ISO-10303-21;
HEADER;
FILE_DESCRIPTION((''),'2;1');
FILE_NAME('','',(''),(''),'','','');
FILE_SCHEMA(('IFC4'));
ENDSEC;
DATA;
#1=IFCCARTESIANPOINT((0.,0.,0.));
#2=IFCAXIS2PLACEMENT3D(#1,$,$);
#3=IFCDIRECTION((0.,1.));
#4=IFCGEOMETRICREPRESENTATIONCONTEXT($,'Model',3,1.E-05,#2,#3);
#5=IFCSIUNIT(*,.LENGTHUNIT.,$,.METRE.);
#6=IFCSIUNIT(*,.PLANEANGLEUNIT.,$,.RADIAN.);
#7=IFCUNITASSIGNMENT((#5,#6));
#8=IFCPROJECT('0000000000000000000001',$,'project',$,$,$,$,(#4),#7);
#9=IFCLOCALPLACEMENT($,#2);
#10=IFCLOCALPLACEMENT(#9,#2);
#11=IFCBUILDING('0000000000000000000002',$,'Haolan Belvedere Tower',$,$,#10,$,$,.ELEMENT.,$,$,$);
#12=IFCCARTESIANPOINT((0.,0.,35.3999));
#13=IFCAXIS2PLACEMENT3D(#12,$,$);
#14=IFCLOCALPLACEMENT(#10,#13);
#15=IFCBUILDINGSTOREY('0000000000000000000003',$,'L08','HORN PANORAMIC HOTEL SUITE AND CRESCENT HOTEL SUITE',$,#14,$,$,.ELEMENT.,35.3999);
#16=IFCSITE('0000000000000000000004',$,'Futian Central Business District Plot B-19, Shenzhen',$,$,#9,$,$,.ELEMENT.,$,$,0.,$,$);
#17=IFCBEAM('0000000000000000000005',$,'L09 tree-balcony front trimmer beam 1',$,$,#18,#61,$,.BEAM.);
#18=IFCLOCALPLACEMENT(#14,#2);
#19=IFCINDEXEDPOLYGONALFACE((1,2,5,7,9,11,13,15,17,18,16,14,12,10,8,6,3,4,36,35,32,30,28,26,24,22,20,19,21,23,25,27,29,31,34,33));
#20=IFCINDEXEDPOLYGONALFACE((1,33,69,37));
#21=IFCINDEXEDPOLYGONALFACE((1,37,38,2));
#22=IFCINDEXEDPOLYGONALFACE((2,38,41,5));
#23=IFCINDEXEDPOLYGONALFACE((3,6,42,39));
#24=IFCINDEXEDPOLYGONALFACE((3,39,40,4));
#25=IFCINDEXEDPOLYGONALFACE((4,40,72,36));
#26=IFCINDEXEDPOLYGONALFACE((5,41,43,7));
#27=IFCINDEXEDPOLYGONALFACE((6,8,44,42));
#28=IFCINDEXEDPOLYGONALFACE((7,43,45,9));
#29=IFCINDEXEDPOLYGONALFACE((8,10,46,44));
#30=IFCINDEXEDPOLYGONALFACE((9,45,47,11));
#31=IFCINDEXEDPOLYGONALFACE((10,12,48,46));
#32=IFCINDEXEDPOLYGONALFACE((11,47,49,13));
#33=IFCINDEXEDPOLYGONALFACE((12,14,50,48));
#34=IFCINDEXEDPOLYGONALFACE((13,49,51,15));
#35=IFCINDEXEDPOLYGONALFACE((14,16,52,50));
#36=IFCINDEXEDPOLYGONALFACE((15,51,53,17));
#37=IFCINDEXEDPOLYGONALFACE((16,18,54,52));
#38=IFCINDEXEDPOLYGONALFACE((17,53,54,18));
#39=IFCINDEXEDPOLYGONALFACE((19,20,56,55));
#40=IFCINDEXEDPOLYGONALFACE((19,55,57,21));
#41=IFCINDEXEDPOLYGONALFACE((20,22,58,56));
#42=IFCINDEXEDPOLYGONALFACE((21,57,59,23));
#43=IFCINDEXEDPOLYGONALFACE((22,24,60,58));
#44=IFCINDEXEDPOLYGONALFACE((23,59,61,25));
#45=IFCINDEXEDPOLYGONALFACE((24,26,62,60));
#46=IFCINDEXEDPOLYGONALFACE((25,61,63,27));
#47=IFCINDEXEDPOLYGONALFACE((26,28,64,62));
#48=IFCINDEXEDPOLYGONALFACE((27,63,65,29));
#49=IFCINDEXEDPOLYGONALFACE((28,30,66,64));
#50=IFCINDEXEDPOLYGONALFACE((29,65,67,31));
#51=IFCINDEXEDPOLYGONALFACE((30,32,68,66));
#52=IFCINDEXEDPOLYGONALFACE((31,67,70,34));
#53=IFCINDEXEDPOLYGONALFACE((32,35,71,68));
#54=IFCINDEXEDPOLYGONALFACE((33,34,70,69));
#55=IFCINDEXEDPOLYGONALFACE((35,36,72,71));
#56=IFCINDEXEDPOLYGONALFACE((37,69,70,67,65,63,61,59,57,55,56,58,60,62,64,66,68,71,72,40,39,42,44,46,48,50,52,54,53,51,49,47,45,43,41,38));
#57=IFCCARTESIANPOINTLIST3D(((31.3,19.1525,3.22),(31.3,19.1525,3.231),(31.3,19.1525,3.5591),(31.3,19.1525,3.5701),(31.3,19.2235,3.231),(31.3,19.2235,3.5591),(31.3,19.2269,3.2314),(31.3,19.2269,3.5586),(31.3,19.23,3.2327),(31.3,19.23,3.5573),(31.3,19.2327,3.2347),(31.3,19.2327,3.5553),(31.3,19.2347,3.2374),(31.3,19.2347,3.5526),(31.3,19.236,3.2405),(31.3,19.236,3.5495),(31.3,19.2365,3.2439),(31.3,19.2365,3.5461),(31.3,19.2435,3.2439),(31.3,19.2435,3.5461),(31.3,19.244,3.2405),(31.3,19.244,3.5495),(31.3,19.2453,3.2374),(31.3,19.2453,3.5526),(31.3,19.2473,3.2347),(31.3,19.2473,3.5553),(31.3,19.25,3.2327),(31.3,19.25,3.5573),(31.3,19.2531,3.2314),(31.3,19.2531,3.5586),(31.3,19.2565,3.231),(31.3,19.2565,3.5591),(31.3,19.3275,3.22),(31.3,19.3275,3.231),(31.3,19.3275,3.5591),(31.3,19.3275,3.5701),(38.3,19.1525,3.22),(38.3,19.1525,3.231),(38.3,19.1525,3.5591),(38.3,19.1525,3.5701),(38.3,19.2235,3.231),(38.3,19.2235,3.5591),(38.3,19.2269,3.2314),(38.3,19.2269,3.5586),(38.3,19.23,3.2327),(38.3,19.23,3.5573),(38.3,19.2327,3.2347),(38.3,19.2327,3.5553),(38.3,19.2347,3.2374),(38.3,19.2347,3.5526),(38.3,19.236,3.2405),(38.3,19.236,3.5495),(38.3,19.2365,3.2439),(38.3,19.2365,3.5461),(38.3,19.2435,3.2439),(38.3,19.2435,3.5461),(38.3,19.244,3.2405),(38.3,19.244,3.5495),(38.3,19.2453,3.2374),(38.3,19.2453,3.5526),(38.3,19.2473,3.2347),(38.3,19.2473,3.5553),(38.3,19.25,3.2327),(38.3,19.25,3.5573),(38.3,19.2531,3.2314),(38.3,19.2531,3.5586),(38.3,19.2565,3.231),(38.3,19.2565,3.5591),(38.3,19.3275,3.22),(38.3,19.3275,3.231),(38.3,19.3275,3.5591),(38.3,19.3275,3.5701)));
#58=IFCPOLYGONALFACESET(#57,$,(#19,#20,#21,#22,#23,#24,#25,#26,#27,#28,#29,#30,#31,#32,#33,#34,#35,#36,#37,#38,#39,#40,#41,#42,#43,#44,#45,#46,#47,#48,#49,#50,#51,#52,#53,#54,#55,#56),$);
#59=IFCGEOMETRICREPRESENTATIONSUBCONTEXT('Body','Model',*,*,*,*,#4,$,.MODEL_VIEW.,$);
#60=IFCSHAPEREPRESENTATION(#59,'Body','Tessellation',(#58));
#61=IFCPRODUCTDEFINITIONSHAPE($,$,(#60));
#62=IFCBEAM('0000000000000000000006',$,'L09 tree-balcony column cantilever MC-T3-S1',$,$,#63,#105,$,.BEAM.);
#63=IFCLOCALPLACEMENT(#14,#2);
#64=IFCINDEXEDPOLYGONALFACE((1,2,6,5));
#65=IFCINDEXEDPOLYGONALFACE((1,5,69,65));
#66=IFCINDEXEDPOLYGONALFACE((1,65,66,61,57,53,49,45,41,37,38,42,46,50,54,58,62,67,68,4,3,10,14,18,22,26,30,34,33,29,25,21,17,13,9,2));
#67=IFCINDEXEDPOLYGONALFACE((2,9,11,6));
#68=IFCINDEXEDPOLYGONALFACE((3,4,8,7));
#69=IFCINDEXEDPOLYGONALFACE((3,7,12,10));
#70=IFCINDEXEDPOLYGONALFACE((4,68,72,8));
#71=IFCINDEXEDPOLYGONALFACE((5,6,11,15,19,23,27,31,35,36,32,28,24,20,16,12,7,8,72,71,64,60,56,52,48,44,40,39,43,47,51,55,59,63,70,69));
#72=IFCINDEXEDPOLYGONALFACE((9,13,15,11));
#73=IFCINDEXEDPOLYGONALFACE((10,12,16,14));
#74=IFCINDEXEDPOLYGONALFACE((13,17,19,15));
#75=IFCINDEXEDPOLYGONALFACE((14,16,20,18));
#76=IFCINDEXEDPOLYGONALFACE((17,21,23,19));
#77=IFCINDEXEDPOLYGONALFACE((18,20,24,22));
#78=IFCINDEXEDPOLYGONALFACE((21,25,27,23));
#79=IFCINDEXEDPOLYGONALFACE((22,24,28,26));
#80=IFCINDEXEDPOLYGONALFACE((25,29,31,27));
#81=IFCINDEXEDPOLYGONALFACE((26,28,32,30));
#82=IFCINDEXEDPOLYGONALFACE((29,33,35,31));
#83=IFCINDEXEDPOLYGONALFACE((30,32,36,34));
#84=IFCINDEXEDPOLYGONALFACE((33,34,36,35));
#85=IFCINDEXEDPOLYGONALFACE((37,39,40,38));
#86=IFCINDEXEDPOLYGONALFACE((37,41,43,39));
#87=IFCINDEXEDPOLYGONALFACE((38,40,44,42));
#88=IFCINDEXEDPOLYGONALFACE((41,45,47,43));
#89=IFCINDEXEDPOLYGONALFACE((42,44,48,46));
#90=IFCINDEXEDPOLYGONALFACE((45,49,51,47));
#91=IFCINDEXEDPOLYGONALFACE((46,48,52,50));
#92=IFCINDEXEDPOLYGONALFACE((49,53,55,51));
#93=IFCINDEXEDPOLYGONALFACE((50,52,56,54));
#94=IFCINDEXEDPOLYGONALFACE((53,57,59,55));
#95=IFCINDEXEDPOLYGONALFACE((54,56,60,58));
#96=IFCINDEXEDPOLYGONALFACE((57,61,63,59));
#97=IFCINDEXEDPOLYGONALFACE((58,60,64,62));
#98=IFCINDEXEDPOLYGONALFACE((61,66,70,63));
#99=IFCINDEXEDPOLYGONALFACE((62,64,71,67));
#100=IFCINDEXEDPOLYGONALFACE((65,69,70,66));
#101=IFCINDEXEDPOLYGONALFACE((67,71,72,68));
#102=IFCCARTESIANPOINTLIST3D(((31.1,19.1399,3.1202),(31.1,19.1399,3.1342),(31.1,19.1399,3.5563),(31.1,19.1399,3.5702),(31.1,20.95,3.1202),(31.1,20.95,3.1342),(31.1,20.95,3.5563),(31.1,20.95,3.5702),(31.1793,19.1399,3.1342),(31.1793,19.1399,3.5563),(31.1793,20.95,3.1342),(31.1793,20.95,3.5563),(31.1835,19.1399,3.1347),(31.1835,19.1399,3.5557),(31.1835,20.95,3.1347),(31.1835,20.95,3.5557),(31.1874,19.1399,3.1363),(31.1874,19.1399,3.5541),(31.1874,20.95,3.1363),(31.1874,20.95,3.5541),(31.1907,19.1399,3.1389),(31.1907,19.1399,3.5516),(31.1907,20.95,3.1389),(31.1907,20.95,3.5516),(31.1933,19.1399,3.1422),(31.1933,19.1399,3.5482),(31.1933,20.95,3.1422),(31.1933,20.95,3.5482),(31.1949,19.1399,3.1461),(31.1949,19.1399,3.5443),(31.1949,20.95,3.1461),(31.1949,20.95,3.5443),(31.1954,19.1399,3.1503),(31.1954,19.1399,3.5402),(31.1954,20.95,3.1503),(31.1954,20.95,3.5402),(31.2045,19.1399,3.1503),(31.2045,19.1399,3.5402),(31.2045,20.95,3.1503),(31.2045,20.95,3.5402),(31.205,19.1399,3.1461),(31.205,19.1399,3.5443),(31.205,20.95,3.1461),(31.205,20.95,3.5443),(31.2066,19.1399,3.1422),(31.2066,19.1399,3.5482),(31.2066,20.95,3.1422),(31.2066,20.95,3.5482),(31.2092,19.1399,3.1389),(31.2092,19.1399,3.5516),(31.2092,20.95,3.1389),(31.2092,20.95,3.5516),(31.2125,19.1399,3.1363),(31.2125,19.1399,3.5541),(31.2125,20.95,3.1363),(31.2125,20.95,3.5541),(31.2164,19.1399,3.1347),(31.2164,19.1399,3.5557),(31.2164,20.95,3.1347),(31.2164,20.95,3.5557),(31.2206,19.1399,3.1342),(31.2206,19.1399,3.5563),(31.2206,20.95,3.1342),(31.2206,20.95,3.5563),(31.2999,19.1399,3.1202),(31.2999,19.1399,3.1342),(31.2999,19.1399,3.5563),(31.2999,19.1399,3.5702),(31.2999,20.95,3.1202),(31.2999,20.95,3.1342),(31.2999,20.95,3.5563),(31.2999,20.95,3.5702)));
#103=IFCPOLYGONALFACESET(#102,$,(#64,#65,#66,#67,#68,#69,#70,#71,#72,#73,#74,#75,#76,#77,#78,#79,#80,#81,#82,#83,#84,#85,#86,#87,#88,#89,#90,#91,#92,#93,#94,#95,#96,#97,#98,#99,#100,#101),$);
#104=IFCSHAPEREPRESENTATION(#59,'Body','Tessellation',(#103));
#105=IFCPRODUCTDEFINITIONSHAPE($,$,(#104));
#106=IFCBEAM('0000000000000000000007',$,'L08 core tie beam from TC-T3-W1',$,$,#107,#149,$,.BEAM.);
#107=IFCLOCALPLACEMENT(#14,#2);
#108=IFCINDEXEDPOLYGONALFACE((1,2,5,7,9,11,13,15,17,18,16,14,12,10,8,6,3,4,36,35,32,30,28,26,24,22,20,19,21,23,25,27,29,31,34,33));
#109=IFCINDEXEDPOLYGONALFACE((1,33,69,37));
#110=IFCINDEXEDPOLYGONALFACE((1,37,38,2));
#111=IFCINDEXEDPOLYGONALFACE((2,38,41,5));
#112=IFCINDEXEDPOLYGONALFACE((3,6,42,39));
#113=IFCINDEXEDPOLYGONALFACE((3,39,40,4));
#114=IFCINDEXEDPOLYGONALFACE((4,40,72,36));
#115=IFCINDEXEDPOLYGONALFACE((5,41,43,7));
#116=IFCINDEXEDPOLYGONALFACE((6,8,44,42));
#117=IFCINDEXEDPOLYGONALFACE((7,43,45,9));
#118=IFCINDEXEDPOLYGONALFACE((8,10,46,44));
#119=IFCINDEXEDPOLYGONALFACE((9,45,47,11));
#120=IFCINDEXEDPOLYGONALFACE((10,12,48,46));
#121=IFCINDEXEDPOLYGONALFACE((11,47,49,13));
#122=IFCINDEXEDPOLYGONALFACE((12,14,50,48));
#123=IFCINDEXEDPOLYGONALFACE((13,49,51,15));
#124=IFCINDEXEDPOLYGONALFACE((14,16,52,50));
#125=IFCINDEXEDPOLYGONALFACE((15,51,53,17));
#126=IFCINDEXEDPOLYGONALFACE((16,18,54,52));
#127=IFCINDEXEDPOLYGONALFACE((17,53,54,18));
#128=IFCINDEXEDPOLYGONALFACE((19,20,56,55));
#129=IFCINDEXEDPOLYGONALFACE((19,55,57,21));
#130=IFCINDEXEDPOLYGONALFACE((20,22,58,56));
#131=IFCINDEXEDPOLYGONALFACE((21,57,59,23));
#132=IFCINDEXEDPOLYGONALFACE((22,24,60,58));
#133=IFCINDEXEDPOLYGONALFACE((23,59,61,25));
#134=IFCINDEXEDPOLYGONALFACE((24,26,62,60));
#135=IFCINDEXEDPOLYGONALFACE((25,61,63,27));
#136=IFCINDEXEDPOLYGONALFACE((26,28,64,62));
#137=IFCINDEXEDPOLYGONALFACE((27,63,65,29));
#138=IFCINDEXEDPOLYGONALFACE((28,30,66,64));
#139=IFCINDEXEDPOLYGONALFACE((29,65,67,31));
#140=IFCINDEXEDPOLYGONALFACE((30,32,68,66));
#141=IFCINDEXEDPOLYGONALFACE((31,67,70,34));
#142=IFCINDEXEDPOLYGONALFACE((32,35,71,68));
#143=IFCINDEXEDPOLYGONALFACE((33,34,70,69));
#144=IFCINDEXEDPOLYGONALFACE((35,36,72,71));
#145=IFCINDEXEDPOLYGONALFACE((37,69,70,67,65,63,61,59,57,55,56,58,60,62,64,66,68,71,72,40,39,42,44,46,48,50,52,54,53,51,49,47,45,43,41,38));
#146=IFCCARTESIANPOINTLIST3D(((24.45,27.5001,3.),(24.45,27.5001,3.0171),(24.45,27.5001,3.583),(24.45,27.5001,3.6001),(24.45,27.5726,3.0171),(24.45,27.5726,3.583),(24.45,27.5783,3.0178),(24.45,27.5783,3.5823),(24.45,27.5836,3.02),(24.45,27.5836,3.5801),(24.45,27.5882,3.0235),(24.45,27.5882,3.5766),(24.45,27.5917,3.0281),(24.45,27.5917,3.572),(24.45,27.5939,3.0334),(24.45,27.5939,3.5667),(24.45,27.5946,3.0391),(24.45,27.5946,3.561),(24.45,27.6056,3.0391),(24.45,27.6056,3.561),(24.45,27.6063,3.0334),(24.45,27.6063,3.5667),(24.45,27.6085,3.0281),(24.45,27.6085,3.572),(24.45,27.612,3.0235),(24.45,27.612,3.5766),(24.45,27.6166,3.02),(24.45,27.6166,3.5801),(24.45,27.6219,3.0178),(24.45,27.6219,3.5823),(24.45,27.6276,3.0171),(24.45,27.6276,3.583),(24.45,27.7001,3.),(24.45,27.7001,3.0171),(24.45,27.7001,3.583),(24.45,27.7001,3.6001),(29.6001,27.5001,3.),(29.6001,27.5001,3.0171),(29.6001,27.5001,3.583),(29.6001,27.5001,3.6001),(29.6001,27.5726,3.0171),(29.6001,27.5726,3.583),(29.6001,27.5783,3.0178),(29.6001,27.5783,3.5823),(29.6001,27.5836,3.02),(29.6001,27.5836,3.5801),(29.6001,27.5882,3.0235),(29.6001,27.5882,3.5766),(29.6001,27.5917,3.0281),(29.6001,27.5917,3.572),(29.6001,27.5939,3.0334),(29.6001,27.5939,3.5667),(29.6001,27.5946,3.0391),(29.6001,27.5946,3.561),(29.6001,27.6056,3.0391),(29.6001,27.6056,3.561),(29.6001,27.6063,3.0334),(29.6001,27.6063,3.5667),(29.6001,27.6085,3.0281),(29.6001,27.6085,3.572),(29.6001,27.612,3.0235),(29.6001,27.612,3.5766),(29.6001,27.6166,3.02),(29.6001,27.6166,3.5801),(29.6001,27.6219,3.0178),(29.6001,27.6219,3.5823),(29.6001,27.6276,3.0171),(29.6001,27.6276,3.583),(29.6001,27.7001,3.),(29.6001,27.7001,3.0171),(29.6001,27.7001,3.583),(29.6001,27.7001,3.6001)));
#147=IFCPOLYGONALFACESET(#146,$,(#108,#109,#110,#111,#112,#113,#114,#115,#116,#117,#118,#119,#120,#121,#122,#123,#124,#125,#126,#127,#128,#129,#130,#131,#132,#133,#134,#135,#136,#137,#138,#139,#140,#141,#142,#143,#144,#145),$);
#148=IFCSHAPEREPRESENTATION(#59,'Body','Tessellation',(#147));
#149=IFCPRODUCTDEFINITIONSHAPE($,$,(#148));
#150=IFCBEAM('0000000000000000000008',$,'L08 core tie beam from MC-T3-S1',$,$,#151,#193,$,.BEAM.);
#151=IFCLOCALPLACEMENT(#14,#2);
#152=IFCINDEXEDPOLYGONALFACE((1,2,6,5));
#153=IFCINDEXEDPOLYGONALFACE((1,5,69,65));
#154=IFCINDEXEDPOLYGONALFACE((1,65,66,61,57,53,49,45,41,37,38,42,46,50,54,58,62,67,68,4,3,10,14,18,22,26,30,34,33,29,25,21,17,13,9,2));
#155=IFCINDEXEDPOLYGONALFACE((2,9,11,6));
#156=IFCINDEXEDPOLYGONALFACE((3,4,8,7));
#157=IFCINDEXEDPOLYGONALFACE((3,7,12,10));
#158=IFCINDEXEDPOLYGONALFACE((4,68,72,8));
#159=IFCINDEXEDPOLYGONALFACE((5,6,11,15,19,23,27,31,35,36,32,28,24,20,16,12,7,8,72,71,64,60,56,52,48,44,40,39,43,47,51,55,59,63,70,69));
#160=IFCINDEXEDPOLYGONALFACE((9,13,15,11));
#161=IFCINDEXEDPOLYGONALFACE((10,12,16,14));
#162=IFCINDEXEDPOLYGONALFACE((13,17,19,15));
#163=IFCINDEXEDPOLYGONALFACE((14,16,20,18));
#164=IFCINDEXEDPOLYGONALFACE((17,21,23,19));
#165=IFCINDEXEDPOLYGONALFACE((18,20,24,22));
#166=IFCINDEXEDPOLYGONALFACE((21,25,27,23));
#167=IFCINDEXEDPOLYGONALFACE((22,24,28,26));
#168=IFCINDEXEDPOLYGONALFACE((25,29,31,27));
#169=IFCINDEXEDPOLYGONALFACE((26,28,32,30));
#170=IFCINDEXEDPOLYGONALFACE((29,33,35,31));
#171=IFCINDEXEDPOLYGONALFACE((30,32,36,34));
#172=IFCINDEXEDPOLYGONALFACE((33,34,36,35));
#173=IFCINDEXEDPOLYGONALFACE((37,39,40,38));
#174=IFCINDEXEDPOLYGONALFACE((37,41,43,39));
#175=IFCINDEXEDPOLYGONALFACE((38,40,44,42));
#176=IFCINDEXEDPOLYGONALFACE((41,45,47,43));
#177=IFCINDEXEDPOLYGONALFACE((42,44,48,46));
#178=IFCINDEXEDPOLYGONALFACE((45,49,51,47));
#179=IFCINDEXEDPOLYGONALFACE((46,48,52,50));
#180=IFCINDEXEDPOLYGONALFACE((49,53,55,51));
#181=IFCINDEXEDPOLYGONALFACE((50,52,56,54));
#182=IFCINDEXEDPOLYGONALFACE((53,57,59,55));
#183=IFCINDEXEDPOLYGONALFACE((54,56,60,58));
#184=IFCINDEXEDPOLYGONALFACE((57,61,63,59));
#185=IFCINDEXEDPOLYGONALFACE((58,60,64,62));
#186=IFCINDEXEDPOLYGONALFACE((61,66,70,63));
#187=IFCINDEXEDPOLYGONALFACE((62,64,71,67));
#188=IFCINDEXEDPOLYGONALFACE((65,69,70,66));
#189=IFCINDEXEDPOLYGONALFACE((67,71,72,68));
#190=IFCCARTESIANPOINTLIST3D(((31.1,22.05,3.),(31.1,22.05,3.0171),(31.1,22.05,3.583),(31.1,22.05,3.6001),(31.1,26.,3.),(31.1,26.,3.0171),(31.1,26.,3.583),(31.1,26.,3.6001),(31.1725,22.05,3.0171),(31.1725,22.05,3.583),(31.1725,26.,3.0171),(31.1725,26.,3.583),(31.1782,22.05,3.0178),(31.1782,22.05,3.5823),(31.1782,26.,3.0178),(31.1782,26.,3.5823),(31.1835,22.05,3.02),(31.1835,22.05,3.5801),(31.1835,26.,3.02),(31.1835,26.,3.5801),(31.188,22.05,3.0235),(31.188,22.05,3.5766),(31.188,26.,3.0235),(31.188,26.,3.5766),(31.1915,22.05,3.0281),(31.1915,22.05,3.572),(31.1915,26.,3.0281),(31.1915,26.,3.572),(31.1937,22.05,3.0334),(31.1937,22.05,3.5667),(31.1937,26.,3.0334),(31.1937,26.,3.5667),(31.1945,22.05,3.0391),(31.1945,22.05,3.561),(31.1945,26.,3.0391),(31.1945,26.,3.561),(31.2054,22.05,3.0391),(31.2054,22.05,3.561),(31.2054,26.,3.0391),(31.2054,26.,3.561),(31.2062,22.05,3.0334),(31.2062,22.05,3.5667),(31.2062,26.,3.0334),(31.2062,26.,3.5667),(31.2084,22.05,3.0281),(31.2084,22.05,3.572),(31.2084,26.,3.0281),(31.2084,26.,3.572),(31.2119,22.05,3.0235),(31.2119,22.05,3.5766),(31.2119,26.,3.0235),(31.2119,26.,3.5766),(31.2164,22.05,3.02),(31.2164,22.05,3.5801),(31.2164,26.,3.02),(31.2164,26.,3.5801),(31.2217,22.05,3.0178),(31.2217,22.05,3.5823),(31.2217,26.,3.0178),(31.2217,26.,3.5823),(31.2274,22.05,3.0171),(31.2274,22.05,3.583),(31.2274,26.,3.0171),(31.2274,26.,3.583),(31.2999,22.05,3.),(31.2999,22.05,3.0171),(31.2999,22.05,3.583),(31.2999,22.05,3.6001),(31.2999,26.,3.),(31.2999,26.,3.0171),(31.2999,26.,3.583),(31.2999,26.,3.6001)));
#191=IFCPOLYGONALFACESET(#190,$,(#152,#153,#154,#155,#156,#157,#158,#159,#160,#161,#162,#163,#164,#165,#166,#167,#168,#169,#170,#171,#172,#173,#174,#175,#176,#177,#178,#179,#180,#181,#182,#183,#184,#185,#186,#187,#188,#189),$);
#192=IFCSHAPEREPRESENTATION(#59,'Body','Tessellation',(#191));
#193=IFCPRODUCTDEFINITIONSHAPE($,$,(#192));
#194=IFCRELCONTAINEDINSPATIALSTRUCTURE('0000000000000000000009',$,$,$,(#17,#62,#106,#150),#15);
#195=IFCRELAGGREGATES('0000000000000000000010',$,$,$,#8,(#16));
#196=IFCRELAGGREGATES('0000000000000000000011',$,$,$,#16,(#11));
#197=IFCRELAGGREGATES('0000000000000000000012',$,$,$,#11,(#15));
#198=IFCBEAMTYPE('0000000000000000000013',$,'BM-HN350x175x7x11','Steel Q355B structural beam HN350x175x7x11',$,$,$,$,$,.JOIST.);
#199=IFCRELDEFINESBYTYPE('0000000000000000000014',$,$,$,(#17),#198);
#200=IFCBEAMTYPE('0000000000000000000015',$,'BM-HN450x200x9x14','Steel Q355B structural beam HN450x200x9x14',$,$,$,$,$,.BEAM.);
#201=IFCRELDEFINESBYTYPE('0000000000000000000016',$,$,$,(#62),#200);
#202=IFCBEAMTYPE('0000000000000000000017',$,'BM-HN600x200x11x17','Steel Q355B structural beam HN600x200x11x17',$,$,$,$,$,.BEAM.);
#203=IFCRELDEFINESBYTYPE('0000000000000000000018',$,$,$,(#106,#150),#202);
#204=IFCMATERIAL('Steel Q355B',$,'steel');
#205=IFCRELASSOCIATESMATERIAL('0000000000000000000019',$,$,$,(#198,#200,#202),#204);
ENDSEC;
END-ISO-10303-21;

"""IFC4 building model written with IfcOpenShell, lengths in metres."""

from ifc_helpers import new_model, si_unit, direction, frame, origin, origin_2d, place, context, subcontext, project, spatial, i_section, extrude, material, material_profile, profile_set, type_object, element, save


model = new_model("IFC4")

# Units and contexts
model_context = context("Model", 3, precision=1e-05, world=origin(), true_north=direction((0.0, 1.0)))
body_context = subcontext(model_context, "Body", "Model", "MODEL_VIEW")
ifc_project = project(units=[si_unit("LENGTHUNIT", "METRE"), si_unit("PLANEANGLEUNIT", "RADIAN")], contexts=[model_context])

# Site, building, storey
site_placement = place(None, origin())
site = spatial("IfcSite", under=ifc_project, at=site_placement, Name="Futian Central Business District Plot B-19, Shenzhen", CompositionType="ELEMENT", RefElevation=0.0)
building_placement = place(site_placement, origin())
building = spatial("IfcBuilding", under=site, at=building_placement, Name="Haolan Belvedere Tower", CompositionType="ELEMENT")
storey_placement = place(building_placement, frame((0.0, 0.0, 35.3999)))
storey = spatial("IfcBuildingStorey", under=building, at=storey_placement, Name="L08", Description="HORN PANORAMIC HOTEL SUITE AND CRESCENT HOTEL SUITE", CompositionType="ELEMENT", Elevation=35.3999)

# Shared definitions
ifc_material_1 = material(Name="Steel Q355B", Category="steel")

# Beams
ifc_material_profile_1 = material_profile(ifc_material_1, i_section(OverallWidth=0.175, OverallDepth=0.3501, WebThickness=0.0071, FlangeThickness=0.011, FilletRadius=0.0129, at=origin_2d()), Name="Steel Q355B")
ifc_profile_set_1 = profile_set([ifc_material_profile_1], Name="Steel Q355B")
beam_type_1 = type_object("IfcBeamType", Name="BM-HN350x175x7x11", Description="Steel Q355B structural beam HN350x175x7x11", PredefinedType="JOIST", material=ifc_profile_set_1)
beam_1_placement = place(storey_placement, frame((31.3, 19.24, 3.395), z_axis=(1.0, 0.0, 0.0), x_axis=(0.0, 1.0, 0.0)))
element("IfcBeam", 1, at=beam_1_placement, inside=storey, type_object=beam_type_1, Name="L09 tree-balcony front trimmer beam 1", PredefinedType="BEAM", context=body_context, shape_type="SweptSolid", body=[
    extrude(i_section(OverallWidth=0.175, OverallDepth=0.3501, WebThickness=0.0071, FlangeThickness=0.011, FilletRadius=0.0129, at=origin_2d()), origin(), (0.0, 0.0, 1.0), 7.0),
])
ifc_material_profile_2 = material_profile(ifc_material_1, i_section(OverallWidth=0.2, OverallDepth=0.45, WebThickness=0.009, FlangeThickness=0.0139, FilletRadius=0.0161, at=origin_2d()), Name="Steel Q355B")
ifc_profile_set_2 = profile_set([ifc_material_profile_2], Name="Steel Q355B")
beam_type_2 = type_object("IfcBeamType", Name="BM-HN450x200x9x14", Description="Steel Q355B structural beam HN450x200x9x14", PredefinedType="BEAM", material=ifc_profile_set_2)
beam_2_placement = place(storey_placement, frame((31.2, 20.95, 3.3452), z_axis=(0.0, -1.0, 0.0), x_axis=(1.0, 0.0, 0.0)))
element("IfcBeam", 2, at=beam_2_placement, inside=storey, type_object=beam_type_2, Name="L09 tree-balcony column cantilever MC-T3-S1", PredefinedType="BEAM", context=body_context, shape_type="SweptSolid", body=[
    extrude(i_section(OverallWidth=0.2, OverallDepth=0.45, WebThickness=0.009, FlangeThickness=0.0139, FilletRadius=0.0161, at=origin_2d()), origin(), (0.0, 0.0, 1.0), 1.8101),
])
ifc_material_profile_3 = material_profile(ifc_material_1, i_section(OverallWidth=0.2, OverallDepth=0.6001, WebThickness=0.011, FlangeThickness=0.0171, FilletRadius=0.022, at=origin_2d()), Name="Steel Q355B")
ifc_profile_set_3 = profile_set([ifc_material_profile_3], Name="Steel Q355B")
beam_type_3 = type_object("IfcBeamType", Name="BM-HN600x200x11x17", Description="Steel Q355B structural beam HN600x200x11x17", PredefinedType="BEAM", material=ifc_profile_set_3)
beam_3_placement = place(storey_placement, frame((24.45, 27.6001, 3.3), z_axis=(1.0, 0.0, 0.0), x_axis=(0.0, 1.0, 0.0)))
element("IfcBeam", 3, at=beam_3_placement, inside=storey, type_object=beam_type_3, Name="L08 core tie beam from TC-T3-W1", PredefinedType="BEAM", context=body_context, shape_type="SweptSolid", body=[
    extrude(i_section(OverallWidth=0.2, OverallDepth=0.6001, WebThickness=0.011, FlangeThickness=0.0171, FilletRadius=0.022, at=origin_2d()), origin(), (0.0, 0.0, 1.0), 5.1501),
])
beam_4_placement = place(storey_placement, frame((31.2, 22.05, 3.3), z_axis=(0.0, 1.0, 0.0), x_axis=(-1.0, 0.0, 0.0)))
element("IfcBeam", 4, at=beam_4_placement, inside=storey, type_object=beam_type_3, Name="L08 core tie beam from MC-T3-S1", PredefinedType="BEAM", context=body_context, shape_type="SweptSolid", body=[
    extrude(i_section(OverallWidth=0.2, OverallDepth=0.6001, WebThickness=0.011, FlangeThickness=0.0171, FilletRadius=0.022, at=origin_2d()), origin(), (0.0, 0.0, 1.0), 3.95),
])

save(model, "model.ifc")
